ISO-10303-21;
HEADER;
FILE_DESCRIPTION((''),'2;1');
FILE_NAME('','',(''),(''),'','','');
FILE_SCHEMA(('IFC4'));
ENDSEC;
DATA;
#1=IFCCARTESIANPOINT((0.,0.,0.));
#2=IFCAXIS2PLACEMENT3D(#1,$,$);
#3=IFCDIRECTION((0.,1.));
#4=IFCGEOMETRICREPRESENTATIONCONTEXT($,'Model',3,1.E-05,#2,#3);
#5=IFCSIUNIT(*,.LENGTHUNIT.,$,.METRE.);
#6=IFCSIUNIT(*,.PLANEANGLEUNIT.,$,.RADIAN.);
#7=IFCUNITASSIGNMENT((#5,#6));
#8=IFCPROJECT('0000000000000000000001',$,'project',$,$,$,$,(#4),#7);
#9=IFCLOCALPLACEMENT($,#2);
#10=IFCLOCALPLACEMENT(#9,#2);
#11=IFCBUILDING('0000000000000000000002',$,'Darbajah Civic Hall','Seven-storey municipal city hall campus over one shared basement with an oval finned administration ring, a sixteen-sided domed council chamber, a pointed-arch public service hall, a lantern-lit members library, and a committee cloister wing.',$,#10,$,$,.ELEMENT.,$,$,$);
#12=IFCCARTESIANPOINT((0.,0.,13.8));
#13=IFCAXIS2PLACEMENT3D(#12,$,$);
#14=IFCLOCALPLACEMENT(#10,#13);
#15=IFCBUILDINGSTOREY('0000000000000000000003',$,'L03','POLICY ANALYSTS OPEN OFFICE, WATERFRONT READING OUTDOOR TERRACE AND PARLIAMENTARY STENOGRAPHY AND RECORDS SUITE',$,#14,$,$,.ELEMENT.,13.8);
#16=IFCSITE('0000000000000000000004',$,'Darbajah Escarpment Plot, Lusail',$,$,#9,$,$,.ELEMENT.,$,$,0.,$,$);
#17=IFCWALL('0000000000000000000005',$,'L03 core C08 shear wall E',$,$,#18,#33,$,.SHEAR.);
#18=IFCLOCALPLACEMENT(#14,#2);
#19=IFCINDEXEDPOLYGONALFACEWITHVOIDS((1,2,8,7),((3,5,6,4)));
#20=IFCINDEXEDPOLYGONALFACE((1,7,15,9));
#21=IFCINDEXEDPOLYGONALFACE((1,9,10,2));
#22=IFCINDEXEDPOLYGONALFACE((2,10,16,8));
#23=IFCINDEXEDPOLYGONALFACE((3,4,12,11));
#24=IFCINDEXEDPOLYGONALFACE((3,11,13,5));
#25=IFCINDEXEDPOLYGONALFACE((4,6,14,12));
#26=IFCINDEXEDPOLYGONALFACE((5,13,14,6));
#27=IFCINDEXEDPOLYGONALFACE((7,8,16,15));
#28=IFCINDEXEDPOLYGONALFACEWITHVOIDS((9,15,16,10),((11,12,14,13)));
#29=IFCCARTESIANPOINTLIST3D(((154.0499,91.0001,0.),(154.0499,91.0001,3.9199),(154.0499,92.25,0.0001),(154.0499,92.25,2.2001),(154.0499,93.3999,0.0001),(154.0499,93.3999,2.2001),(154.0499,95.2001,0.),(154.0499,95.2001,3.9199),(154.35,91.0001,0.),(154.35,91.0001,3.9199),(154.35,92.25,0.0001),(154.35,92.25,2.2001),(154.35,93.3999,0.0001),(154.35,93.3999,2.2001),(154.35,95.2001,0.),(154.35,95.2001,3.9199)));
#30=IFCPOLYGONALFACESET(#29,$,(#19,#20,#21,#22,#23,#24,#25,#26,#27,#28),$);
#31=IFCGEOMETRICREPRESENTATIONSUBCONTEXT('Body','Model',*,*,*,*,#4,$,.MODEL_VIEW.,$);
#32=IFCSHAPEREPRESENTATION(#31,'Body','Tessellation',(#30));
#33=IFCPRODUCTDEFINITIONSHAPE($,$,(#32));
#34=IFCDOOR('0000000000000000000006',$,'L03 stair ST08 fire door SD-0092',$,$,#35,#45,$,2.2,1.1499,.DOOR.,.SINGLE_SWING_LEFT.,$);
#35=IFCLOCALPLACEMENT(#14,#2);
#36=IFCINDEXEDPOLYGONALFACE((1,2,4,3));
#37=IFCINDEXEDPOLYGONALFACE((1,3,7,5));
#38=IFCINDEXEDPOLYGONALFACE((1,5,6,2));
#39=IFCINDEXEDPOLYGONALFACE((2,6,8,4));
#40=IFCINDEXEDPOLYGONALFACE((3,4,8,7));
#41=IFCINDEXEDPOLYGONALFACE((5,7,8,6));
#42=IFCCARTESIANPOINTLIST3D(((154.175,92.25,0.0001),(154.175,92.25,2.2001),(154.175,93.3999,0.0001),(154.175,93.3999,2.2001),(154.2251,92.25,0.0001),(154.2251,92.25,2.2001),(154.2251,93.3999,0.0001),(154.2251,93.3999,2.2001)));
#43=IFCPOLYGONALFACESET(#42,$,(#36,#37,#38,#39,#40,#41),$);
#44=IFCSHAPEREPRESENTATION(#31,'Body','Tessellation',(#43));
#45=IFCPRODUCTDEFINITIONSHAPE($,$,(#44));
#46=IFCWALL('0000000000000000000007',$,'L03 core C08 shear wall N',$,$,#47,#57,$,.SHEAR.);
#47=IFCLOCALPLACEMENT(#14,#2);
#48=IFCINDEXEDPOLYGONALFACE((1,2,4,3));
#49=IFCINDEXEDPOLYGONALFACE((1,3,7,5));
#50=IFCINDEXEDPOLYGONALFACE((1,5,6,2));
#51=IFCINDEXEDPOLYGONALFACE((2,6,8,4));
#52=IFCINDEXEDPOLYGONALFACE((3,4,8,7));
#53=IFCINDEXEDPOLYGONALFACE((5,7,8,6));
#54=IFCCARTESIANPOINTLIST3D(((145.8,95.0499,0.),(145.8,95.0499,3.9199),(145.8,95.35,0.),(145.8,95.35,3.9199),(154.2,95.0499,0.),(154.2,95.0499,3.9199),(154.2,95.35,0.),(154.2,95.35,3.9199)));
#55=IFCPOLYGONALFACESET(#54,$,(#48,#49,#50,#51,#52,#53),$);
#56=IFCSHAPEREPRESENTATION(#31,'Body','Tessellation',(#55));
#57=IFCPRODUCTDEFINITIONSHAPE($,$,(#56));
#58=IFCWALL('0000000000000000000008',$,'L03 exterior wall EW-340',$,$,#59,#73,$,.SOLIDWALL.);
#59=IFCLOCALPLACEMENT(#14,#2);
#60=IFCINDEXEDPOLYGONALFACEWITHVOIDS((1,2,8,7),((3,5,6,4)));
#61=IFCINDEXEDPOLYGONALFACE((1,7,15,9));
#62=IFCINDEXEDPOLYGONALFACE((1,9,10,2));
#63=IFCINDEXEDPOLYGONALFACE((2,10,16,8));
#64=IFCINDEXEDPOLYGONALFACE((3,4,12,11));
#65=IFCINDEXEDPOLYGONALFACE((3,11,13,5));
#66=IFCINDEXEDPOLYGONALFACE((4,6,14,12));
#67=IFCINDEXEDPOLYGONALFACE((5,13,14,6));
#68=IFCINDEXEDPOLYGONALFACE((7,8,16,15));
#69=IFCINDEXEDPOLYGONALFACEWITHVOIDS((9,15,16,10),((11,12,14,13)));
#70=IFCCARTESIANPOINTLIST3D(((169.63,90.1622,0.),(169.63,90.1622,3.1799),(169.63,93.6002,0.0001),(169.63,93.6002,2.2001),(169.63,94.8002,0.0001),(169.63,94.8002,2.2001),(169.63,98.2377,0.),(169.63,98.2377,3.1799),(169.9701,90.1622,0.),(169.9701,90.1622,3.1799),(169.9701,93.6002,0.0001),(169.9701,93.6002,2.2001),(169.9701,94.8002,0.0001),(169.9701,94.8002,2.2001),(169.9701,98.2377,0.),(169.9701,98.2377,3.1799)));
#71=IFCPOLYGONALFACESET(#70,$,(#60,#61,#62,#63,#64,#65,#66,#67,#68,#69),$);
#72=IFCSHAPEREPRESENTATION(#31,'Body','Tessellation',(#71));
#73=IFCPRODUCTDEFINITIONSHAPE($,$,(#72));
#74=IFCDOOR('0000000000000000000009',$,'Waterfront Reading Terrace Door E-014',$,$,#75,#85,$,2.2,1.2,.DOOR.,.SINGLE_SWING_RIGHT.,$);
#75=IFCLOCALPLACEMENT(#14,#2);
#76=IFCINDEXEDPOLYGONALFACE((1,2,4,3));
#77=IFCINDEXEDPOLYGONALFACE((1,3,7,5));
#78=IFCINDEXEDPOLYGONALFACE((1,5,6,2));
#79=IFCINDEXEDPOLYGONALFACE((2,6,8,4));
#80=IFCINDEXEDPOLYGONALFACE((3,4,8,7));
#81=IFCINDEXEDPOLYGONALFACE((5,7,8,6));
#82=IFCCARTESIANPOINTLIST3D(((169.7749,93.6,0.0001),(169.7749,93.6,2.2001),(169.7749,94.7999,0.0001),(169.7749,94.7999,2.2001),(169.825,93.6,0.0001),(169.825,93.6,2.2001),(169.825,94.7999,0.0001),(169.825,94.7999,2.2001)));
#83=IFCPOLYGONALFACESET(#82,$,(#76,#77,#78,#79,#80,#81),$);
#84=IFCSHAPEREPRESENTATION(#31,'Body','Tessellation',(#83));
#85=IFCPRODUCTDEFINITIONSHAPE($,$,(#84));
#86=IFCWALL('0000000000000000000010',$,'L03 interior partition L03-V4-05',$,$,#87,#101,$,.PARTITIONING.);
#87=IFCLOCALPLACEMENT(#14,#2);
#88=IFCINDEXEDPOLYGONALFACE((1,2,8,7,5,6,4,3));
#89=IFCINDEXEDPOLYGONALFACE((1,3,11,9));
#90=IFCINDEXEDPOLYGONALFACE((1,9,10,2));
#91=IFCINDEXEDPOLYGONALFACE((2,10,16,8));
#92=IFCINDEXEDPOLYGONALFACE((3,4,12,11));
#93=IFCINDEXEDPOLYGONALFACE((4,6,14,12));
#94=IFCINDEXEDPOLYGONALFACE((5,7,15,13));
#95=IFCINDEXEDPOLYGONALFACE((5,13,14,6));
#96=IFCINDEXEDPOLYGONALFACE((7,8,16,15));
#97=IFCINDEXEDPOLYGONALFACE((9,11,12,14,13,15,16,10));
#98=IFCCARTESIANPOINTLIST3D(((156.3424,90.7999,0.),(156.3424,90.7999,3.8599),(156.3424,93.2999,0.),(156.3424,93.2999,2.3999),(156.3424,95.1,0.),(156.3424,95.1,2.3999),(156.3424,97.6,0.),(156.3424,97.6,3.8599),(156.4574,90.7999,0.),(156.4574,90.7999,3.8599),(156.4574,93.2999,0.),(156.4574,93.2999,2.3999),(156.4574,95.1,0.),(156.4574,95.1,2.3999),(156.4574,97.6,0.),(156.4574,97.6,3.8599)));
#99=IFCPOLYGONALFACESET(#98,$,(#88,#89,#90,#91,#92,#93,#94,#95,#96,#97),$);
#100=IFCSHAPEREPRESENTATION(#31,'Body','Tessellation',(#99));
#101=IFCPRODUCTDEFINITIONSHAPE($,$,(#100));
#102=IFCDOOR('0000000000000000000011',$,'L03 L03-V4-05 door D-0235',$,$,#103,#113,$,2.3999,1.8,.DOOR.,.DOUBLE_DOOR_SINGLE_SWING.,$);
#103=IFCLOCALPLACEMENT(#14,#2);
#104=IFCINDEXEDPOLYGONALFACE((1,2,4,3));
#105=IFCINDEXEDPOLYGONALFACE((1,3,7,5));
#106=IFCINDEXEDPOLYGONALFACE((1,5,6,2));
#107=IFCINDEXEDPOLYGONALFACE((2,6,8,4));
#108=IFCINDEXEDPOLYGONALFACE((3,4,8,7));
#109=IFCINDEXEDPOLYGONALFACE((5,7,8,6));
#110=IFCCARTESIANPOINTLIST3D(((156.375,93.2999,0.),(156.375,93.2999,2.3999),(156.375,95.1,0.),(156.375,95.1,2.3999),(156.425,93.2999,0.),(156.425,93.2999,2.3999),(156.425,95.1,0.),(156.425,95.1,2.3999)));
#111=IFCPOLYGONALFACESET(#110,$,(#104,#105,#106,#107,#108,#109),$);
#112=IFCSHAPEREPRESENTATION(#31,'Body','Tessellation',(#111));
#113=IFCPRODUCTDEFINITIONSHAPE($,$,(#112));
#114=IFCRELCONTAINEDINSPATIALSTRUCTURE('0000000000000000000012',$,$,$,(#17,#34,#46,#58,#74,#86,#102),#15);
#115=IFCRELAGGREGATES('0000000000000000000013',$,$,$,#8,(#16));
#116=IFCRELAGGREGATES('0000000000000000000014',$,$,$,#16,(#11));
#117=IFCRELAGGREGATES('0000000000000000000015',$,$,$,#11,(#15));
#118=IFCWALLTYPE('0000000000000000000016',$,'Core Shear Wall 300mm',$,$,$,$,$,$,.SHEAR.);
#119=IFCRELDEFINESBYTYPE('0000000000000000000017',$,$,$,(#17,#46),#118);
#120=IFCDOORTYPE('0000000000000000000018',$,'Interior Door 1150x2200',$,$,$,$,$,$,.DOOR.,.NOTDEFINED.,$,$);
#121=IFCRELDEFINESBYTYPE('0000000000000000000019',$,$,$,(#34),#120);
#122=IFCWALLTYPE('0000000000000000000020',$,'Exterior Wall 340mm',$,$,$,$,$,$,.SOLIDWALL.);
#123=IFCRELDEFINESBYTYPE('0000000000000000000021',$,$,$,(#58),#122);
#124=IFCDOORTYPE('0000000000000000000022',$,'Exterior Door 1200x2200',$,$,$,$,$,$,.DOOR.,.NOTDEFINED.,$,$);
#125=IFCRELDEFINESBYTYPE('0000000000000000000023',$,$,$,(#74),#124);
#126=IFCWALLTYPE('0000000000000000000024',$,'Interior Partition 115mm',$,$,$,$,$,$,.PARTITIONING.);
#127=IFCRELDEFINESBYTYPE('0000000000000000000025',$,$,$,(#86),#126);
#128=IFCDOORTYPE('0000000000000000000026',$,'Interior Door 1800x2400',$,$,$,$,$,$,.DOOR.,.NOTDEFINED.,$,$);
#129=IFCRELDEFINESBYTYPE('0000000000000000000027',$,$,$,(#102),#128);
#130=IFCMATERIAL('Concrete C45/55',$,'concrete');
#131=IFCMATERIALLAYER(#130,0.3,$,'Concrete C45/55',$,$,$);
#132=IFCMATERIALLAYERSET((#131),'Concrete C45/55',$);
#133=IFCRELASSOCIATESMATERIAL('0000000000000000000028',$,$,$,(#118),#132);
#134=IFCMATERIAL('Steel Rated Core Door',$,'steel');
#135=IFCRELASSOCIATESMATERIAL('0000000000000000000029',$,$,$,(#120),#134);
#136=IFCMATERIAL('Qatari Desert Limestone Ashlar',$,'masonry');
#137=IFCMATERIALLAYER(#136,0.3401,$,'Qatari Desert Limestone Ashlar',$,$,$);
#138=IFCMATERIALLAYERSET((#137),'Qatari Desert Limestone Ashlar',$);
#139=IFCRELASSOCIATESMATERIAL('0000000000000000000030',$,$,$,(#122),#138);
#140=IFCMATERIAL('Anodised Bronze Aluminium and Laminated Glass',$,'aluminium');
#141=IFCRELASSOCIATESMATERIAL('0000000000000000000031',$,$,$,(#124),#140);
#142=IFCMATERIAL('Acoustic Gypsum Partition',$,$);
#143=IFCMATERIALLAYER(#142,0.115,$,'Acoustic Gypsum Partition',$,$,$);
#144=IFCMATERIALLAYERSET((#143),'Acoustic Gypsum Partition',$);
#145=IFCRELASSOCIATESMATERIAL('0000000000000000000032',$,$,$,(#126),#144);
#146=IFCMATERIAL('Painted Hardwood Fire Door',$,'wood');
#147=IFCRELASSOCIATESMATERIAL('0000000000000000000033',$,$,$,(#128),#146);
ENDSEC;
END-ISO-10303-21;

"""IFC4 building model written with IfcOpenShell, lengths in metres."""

from ifc_helpers import new_model, si_unit, direction, frame, frame_2d, origin, place, context, subcontext, project, spatial, rectangle, extrude, material, layer, layer_set, type_object, element, fill, save


model = new_model("IFC4")

# Units and contexts
model_context = context("Model", 3, precision=1e-05, world=origin(), true_north=direction((0.0, 1.0)))
body_context = subcontext(model_context, "Body", "Model", "MODEL_VIEW")
ifc_project = project(units=[si_unit("LENGTHUNIT", "METRE"), si_unit("PLANEANGLEUNIT", "RADIAN")], contexts=[model_context])

# Site, building, storey
site_placement = place(None, origin())
site = spatial("IfcSite", under=ifc_project, at=site_placement, Name="Darbajah Escarpment Plot, Lusail", CompositionType="ELEMENT", RefElevation=0.0)
building_placement = place(site_placement, origin())
building = spatial("IfcBuilding", under=site, at=building_placement, Name="Darbajah Civic Hall", Description="Seven-storey municipal city hall campus over one shared basement with an oval finned administration ring, a sixteen-sided domed council chamber, a pointed-arch public service hall, a lantern-lit members library, and a committee cloister wing.", CompositionType="ELEMENT")
storey_placement = place(building_placement, frame((0.0, 0.0, 13.8)))
storey = spatial("IfcBuildingStorey", under=building, at=storey_placement, Name="L03", Description="POLICY ANALYSTS OPEN OFFICE, WATERFRONT READING OUTDOOR TERRACE AND PARLIAMENTARY STENOGRAPHY AND RECORDS SUITE", CompositionType="ELEMENT", Elevation=13.8)

# Shared definitions
ifc_material_1 = material(Name="Concrete C45/55", Category="concrete")

# Wall, opening, door
ifc_layer_1 = layer(ifc_material_1, 0.3, Name="Concrete C45/55")
ifc_layer_set_1 = layer_set([ifc_layer_1], Name="Concrete C45/55")
wall_type_1 = type_object("IfcWallType", Name="Core Shear Wall 300mm", PredefinedType="SHEAR", material=ifc_layer_set_1)
wall_1_placement = place(storey_placement, frame((154.2, 91.0, 0.0), z_axis=(0.0, 0.0, 1.0), x_axis=(0.0, 1.0, 0.0)))
wall_1 = element("IfcWall", 1, at=wall_1_placement, inside=storey, type_object=wall_type_1, Name="L03 core C08 shear wall E", PredefinedType="SHEAR", context=body_context, shape_type="SweptSolid", body=[
    extrude(rectangle(XDim=4.2, YDim=0.3, at=frame_2d((2.1001, 0.0))), origin(), (0.0, 0.0, 1.0), 3.9199),
])
opening_1_placement = place(wall_1_placement, frame((1.25, 0.0, 0.0)))
opening_1 = element("IfcOpeningElement", 2, at=opening_1_placement, cuts=wall_1, PredefinedType="OPENING", context=body_context, shape_type="SweptSolid", body=[
    extrude(rectangle(XDim=1.1499, YDim=2.2, at=frame_2d((0.575, 1.1001))), frame((0.0, 0.1599, 0.0), z_axis=(0.0, -1.0, 0.0), x_axis=(1.0, 0.0, 0.0)), (0.0, 0.0, 1.0), 0.3201),
])
ifc_material_2 = material(Name="Steel Rated Core Door", Category="steel")
door_type_1 = type_object("IfcDoorType", Name="Interior Door 1150x2200", OperationType="NOTDEFINED", PredefinedType="DOOR", material=ifc_material_2)
door_1_placement = place(opening_1_placement, origin())
door_1 = element("IfcDoor", 3, at=door_1_placement, inside=storey, type_object=door_type_1, Name="L03 stair ST08 fire door SD-0092", OperationType="SINGLE_SWING_LEFT", OverallHeight=2.2, OverallWidth=1.1499, PredefinedType="DOOR", context=body_context, shape_type="SweptSolid", body=[
    extrude(rectangle(XDim=1.1499, YDim=2.2, at=frame_2d((0.575, 1.1001))), frame((0.0, 0.0249, 0.0), z_axis=(0.0, -1.0, 0.0), x_axis=(1.0, 0.0, 0.0)), (0.0, 0.0, 1.0), 0.05),
])
fill(opening_1, door_1)

# Wall
wall_2_placement = place(storey_placement, frame((154.2, 95.2, 0.0), z_axis=(0.0, 0.0, 1.0), x_axis=(-1.0, 0.0, 0.0)))
element("IfcWall", 4, at=wall_2_placement, inside=storey, type_object=wall_type_1, Name="L03 core C08 shear wall N", PredefinedType="SHEAR", context=body_context, shape_type="SweptSolid", body=[
    extrude(rectangle(XDim=8.3999, YDim=0.3, at=frame_2d((4.2, 0.0))), origin(), (0.0, 0.0, 1.0), 3.9199),
])

# Walls, openings, doors
ifc_material_3 = material(Name="Qatari Desert Limestone Ashlar", Category="masonry")
ifc_layer_2 = layer(ifc_material_3, 0.3401, Name="Qatari Desert Limestone Ashlar")
ifc_layer_set_2 = layer_set([ifc_layer_2], Name="Qatari Desert Limestone Ashlar")
wall_type_2 = type_object("IfcWallType", Name="Exterior Wall 340mm", PredefinedType="SOLIDWALL", material=ifc_layer_set_2)
wall_3_placement = place(storey_placement, frame((169.8, 90.1624, 0.0), z_axis=(0.0, 0.0, 1.0), x_axis=(0.0, 1.0, 0.0)))
wall_3 = element("IfcWall", 5, at=wall_3_placement, inside=storey, type_object=wall_type_2, Name="L03 exterior wall EW-340", PredefinedType="SOLIDWALL", context=body_context, shape_type="SweptSolid", body=[
    extrude(rectangle(XDim=8.0754, YDim=0.3401, at=frame_2d((4.0376, 0.0))), origin(), (0.0, 0.0, 1.0), 3.1799),
])
opening_2_placement = place(wall_3_placement, frame((3.4377, 0.0, 0.0)))
opening_2 = element("IfcOpeningElement", 6, at=opening_2_placement, cuts=wall_3, PredefinedType="OPENING", context=body_context, shape_type="SweptSolid", body=[
    extrude(rectangle(XDim=1.2, YDim=2.2, at=frame_2d((0.6001, 1.1001))), frame((0.0, 0.1799, 0.0), z_axis=(0.0, -1.0, 0.0), x_axis=(1.0, 0.0, 0.0)), (0.0, 0.0, 1.0), 0.3601),
])
ifc_material_4 = material(Name="Anodised Bronze Aluminium and Laminated Glass", Category="aluminium")
door_type_2 = type_object("IfcDoorType", Name="Exterior Door 1200x2200", OperationType="NOTDEFINED", PredefinedType="DOOR", material=ifc_material_4)
door_2_placement = place(opening_2_placement, frame((1.2, 0.0, 0.0), z_axis=(0.0, 0.0, 1.0), x_axis=(-1.0, 0.0, 0.0)))
door_2 = element("IfcDoor", 7, at=door_2_placement, inside=storey, type_object=door_type_2, Name="Waterfront Reading Terrace Door E-014", OperationType="SINGLE_SWING_RIGHT", OverallHeight=2.2, OverallWidth=1.2, PredefinedType="DOOR", context=body_context, shape_type="SweptSolid", body=[
    extrude(rectangle(XDim=1.2, YDim=2.2, at=frame_2d((0.6001, 1.1001))), frame((0.0, 0.0249, 0.0), z_axis=(0.0, -1.0, 0.0), x_axis=(1.0, 0.0, 0.0)), (0.0, 0.0, 1.0), 0.05),
])
fill(opening_2, door_2)
ifc_material_5 = material(Name="Acoustic Gypsum Partition")
ifc_layer_3 = layer(ifc_material_5, 0.115, Name="Acoustic Gypsum Partition")
ifc_layer_set_3 = layer_set([ifc_layer_3], Name="Acoustic Gypsum Partition")
wall_type_3 = type_object("IfcWallType", Name="Interior Partition 115mm", PredefinedType="PARTITIONING", material=ifc_layer_set_3)
wall_4_placement = place(storey_placement, frame((156.3999, 90.8, 0.0), z_axis=(0.0, 0.0, 1.0), x_axis=(0.0, 1.0, 0.0)))
wall_4 = element("IfcWall", 8, at=wall_4_placement, inside=storey, type_object=wall_type_3, Name="L03 interior partition L03-V4-05", PredefinedType="PARTITIONING", context=body_context, shape_type="SweptSolid", body=[
    extrude(rectangle(XDim=6.8, YDim=0.115, at=frame_2d((3.3999, 0.0))), origin(), (0.0, 0.0, 1.0), 3.8599),
])
opening_3_placement = place(wall_4_placement, frame((2.5, 0.0, 0.0)))
opening_3 = element("IfcOpeningElement", 9, at=opening_3_placement, cuts=wall_4, PredefinedType="OPENING", context=body_context, shape_type="SweptSolid", body=[
    extrude(rectangle(XDim=1.8, YDim=2.3999, at=frame_2d((0.8999, 1.2))), frame((0.0, 0.0674, 0.0), z_axis=(0.0, -1.0, 0.0), x_axis=(1.0, 0.0, 0.0)), (0.0, 0.0, 1.0), 0.135),
])
ifc_material_6 = material(Name="Painted Hardwood Fire Door", Category="wood")
door_type_3 = type_object("IfcDoorType", Name="Interior Door 1800x2400", OperationType="NOTDEFINED", PredefinedType="DOOR", material=ifc_material_6)
door_3_placement = place(opening_3_placement, origin())
door_3 = element("IfcDoor", 10, at=door_3_placement, inside=storey, type_object=door_type_3, Name="L03 L03-V4-05 door D-0235", OperationType="DOUBLE_DOOR_SINGLE_SWING", OverallHeight=2.3999, OverallWidth=1.8, PredefinedType="DOOR", context=body_context, shape_type="SweptSolid", body=[
    extrude(rectangle(XDim=1.8, YDim=2.3999, at=frame_2d((0.8999, 1.2))), frame((0.0, 0.0249, 0.0), z_axis=(0.0, -1.0, 0.0), x_axis=(1.0, 0.0, 0.0)), (0.0, 0.0, 1.0), 0.05),
])
fill(opening_3, door_3)

save(model, "model.ifc")
